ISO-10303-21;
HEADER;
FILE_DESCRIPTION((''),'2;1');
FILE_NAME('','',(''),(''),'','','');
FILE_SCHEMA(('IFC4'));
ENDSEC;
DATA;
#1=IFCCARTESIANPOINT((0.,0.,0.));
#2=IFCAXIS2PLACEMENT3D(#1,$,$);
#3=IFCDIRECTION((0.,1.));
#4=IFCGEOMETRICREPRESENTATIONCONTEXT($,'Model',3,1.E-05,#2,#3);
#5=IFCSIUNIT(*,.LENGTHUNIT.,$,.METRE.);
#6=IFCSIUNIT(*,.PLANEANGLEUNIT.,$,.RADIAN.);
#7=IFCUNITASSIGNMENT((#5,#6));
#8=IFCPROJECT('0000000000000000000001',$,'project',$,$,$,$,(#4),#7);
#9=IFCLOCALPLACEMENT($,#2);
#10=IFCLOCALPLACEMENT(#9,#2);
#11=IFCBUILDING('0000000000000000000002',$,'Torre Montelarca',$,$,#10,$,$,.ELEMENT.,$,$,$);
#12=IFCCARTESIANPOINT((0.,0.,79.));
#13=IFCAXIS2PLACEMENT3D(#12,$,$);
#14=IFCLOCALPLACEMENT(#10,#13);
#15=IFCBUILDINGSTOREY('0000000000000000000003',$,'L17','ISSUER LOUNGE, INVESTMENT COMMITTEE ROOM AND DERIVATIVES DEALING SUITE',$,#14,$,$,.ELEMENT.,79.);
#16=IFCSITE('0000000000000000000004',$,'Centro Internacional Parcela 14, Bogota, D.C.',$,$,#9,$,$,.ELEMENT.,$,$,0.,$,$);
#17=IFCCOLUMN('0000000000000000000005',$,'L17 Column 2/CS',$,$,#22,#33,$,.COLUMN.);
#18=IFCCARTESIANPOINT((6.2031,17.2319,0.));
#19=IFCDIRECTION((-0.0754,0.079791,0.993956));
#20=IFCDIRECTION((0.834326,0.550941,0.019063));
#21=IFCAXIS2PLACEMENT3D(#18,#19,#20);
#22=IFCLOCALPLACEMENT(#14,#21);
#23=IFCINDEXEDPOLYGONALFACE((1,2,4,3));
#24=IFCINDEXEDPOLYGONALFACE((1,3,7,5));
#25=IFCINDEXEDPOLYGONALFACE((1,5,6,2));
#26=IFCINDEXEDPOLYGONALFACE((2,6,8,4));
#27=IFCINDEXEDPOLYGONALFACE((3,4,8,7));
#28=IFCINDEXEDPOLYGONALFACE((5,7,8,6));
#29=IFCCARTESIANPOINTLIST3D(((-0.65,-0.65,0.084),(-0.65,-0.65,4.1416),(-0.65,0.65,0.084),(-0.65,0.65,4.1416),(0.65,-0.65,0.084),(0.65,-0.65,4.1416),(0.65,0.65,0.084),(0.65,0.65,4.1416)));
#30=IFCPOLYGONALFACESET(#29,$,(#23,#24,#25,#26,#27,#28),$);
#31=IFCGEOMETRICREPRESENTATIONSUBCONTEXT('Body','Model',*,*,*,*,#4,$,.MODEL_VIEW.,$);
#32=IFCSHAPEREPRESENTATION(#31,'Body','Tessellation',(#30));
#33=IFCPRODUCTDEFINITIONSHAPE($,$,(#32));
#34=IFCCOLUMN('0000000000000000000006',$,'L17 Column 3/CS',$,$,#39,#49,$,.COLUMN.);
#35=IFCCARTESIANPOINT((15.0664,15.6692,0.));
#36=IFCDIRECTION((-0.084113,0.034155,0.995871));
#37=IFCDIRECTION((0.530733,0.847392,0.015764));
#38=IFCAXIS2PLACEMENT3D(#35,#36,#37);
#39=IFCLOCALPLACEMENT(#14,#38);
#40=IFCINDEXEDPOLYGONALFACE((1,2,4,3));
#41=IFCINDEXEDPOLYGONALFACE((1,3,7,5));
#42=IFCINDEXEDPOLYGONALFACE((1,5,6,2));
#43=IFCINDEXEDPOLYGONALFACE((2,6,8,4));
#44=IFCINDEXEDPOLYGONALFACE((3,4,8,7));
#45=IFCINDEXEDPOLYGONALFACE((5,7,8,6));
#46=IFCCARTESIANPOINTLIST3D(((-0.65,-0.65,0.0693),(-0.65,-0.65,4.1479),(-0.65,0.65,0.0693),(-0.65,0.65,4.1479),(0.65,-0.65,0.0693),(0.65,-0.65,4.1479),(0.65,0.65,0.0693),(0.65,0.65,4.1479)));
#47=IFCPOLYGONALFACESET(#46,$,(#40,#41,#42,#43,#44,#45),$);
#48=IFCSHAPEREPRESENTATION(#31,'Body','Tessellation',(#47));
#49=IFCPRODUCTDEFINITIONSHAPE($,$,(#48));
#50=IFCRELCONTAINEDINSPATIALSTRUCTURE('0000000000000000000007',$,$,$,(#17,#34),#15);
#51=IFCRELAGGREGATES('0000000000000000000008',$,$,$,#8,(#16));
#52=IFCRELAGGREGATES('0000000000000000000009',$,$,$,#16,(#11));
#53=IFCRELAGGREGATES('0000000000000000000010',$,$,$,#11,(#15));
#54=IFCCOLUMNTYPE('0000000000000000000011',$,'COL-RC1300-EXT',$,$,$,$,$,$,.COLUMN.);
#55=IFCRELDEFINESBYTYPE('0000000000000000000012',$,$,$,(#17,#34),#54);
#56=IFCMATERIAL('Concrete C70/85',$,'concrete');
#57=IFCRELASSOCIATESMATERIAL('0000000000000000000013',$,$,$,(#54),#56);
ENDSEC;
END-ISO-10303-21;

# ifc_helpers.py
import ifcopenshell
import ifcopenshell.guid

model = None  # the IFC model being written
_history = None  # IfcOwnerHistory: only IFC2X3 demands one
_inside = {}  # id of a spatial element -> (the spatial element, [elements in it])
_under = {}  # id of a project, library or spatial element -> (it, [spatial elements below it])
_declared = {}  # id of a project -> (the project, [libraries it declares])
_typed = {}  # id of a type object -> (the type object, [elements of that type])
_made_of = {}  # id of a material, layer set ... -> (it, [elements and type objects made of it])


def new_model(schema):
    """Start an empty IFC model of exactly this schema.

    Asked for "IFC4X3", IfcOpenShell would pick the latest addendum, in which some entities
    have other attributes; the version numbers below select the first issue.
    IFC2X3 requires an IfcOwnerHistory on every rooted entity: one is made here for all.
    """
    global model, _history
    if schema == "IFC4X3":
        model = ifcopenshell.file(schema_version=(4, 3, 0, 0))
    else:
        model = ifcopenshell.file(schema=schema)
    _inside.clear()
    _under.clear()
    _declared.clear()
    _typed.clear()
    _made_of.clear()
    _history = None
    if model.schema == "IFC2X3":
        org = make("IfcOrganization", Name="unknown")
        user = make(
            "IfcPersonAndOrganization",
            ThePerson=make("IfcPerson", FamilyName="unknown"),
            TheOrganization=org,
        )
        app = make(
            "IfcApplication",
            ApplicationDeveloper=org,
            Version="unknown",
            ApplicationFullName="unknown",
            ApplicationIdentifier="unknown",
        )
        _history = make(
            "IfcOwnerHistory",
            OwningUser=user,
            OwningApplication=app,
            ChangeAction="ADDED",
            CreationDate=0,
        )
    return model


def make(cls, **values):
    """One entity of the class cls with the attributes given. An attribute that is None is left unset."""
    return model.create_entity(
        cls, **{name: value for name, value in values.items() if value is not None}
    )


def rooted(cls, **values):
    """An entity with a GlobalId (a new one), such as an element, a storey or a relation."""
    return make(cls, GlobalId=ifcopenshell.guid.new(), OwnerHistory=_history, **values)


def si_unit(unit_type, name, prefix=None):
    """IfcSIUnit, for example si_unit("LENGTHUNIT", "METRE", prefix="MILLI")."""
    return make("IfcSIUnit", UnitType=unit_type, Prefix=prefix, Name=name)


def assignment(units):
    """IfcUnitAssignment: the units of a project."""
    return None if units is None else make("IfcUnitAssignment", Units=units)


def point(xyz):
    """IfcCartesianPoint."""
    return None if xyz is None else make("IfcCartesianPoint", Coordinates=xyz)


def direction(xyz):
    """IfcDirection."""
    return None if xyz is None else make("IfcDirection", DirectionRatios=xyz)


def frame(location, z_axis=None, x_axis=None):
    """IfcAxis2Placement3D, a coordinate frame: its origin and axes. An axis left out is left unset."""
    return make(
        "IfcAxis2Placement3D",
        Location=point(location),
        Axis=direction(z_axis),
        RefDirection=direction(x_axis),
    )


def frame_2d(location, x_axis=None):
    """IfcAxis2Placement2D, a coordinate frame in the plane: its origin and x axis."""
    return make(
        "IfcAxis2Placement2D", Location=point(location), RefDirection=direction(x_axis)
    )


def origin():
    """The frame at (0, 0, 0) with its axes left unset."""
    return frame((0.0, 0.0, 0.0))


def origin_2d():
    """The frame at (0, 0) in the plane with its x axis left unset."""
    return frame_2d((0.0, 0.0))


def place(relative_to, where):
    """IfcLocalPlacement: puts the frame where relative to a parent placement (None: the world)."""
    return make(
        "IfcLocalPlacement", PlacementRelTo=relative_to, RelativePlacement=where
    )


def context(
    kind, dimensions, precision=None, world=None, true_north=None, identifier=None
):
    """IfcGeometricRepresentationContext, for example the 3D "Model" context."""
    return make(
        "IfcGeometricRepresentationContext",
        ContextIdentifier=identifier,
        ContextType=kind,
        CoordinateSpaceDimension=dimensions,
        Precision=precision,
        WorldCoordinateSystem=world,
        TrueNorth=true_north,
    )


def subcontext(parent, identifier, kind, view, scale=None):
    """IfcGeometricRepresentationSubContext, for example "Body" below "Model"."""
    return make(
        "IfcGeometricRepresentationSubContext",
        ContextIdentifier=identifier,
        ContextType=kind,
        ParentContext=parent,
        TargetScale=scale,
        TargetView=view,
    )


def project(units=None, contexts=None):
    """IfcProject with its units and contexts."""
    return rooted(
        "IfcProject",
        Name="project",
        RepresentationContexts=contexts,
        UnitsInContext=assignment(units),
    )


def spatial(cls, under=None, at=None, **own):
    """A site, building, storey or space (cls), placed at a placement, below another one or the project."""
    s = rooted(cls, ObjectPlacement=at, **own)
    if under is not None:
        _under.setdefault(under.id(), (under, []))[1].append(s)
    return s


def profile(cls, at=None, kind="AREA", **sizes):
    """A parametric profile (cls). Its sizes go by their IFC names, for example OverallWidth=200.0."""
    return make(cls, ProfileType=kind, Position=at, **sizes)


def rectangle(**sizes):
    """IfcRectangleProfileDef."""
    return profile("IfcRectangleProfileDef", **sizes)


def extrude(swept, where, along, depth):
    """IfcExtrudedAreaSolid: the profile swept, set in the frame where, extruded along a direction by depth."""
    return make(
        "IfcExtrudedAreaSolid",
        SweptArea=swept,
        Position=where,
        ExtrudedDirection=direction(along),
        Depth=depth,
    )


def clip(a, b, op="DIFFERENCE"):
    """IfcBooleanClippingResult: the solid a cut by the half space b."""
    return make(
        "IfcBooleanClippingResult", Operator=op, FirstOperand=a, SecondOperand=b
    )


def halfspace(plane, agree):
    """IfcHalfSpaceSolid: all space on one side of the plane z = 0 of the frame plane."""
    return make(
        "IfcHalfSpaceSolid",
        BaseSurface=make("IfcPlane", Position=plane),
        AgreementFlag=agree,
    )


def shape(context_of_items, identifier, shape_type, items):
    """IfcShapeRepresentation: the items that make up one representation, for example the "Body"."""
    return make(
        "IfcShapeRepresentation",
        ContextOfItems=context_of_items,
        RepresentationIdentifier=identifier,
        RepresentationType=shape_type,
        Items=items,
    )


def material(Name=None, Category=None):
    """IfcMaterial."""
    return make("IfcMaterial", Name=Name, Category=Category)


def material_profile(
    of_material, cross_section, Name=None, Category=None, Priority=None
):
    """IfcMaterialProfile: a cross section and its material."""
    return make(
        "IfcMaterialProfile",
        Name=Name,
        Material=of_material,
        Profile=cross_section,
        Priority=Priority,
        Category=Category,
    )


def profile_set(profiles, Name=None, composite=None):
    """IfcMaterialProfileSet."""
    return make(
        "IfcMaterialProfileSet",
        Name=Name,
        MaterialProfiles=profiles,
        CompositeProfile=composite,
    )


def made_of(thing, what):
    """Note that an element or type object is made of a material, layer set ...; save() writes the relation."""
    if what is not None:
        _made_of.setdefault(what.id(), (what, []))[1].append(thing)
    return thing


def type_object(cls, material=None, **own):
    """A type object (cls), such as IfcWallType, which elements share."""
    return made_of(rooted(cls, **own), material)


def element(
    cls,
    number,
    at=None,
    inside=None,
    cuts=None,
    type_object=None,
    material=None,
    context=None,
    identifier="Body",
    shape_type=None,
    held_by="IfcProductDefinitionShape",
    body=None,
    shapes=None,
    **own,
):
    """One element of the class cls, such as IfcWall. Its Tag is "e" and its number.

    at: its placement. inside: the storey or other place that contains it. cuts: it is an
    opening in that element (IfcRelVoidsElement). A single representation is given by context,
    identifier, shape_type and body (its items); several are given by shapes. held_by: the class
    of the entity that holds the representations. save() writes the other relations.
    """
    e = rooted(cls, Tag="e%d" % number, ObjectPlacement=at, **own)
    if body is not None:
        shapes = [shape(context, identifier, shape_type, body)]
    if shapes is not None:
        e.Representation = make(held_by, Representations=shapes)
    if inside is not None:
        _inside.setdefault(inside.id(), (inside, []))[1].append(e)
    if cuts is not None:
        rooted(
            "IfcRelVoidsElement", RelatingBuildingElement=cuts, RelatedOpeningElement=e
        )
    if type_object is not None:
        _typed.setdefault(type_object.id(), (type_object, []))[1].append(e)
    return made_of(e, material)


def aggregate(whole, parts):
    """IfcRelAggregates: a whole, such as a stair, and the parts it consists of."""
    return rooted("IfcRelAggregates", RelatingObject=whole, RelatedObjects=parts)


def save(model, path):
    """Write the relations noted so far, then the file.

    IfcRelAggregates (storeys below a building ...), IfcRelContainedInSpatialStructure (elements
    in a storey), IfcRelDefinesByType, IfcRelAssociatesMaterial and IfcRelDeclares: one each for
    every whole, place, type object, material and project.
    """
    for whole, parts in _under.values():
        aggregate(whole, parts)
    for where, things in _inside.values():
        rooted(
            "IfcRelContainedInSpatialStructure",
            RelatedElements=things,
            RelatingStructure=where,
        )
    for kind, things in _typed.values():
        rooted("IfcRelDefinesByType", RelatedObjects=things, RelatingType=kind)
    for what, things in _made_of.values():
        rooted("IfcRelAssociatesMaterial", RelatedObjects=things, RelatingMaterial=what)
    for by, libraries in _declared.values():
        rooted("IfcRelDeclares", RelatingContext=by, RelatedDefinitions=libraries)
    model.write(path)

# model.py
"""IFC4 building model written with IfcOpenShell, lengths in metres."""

from ifc_helpers import new_model, si_unit, direction, frame, origin, origin_2d, place, context, subcontext, project, spatial, rectangle, extrude, clip, halfspace, material, material_profile, profile_set, type_object, element, save


model = new_model("IFC4")

# Units and contexts
model_context = context("Model", 3, precision=1e-05, world=origin(), true_north=direction((0.0, 1.0)))
body_context = subcontext(model_context, "Body", "Model", "MODEL_VIEW")
ifc_project = project(units=[si_unit("LENGTHUNIT", "METRE"), si_unit("PLANEANGLEUNIT", "RADIAN")], contexts=[model_context])

# Site, building, storey
site_placement = place(None, origin())
site = spatial("IfcSite", under=ifc_project, at=site_placement, Name="Centro Internacional Parcela 14, Bogota, D.C.", CompositionType="ELEMENT", RefElevation=0.0)
building_placement = place(site_placement, origin())
building = spatial("IfcBuilding", under=site, at=building_placement, Name="Torre Montelarca", CompositionType="ELEMENT")
storey_placement = place(building_placement, frame((0.0, 0.0, 79.0)))
storey = spatial("IfcBuildingStorey", under=building, at=storey_placement, Name="L17", Description="ISSUER LOUNGE, INVESTMENT COMMITTEE ROOM AND DERIVATIVES DEALING SUITE", CompositionType="ELEMENT", Elevation=79.0)

# Columns
ifc_material_1 = material(Name="Concrete C70/85", Category="concrete")
ifc_material_profile_1 = material_profile(ifc_material_1, rectangle(XDim=1.3, YDim=1.3, at=origin_2d()), Name="RC1300X1300", Category="concrete")
ifc_profile_set_1 = profile_set([ifc_material_profile_1], Name="Concrete C70/85")
column_type = type_object("IfcColumnType", Name="COL-RC1300-EXT", PredefinedType="COLUMN", material=ifc_profile_set_1)
column_1_placement = place(storey_placement, frame((6.2031, 17.2319, 0.0), z_axis=(-0.0754, 0.079791, 0.993956), x_axis=(0.834326, 0.550941, 0.019063)))
element("IfcColumn", 1, at=column_1_placement, inside=storey, type_object=column_type, Name="L17 Column 2/CS", PredefinedType="COLUMN", context=body_context, shape_type="Clipping", body=[
    clip(clip(extrude(rectangle(XDim=1.3, YDim=1.3, at=origin_2d()), origin(), (0.0, 0.0, 1.0), 4.2256), halfspace(frame((0.0, 0.0, 0.084), z_axis=(0.0, 0.0, -1.0), x_axis=(1.0, 0.0, 0.0)), False)), halfspace(frame((0.0, 0.0, 4.1416), z_axis=(0.0, 0.0, 1.0), x_axis=(1.0, 0.0, 0.0)), False)),
])
column_2_placement = place(storey_placement, frame((15.0664, 15.6692, 0.0), z_axis=(-0.084113, 0.034155, 0.995871), x_axis=(0.530733, 0.847392, 0.015764)))
element("IfcColumn", 2, at=column_2_placement, inside=storey, type_object=column_type, Name="L17 Column 3/CS", PredefinedType="COLUMN", context=body_context, shape_type="Clipping", body=[
    clip(clip(extrude(rectangle(XDim=1.3, YDim=1.3, at=origin_2d()), origin(), (0.0, 0.0, 1.0), 4.2173), halfspace(frame((0.0, 0.0, 0.0693), z_axis=(0.0, 0.0, -1.0), x_axis=(1.0, 0.0, 0.0)), False)), halfspace(frame((0.0, 0.0, 4.1479), z_axis=(0.0, 0.0, 1.0), x_axis=(1.0, 0.0, 0.0)), False)),
])

save(model, "model.ifc")
